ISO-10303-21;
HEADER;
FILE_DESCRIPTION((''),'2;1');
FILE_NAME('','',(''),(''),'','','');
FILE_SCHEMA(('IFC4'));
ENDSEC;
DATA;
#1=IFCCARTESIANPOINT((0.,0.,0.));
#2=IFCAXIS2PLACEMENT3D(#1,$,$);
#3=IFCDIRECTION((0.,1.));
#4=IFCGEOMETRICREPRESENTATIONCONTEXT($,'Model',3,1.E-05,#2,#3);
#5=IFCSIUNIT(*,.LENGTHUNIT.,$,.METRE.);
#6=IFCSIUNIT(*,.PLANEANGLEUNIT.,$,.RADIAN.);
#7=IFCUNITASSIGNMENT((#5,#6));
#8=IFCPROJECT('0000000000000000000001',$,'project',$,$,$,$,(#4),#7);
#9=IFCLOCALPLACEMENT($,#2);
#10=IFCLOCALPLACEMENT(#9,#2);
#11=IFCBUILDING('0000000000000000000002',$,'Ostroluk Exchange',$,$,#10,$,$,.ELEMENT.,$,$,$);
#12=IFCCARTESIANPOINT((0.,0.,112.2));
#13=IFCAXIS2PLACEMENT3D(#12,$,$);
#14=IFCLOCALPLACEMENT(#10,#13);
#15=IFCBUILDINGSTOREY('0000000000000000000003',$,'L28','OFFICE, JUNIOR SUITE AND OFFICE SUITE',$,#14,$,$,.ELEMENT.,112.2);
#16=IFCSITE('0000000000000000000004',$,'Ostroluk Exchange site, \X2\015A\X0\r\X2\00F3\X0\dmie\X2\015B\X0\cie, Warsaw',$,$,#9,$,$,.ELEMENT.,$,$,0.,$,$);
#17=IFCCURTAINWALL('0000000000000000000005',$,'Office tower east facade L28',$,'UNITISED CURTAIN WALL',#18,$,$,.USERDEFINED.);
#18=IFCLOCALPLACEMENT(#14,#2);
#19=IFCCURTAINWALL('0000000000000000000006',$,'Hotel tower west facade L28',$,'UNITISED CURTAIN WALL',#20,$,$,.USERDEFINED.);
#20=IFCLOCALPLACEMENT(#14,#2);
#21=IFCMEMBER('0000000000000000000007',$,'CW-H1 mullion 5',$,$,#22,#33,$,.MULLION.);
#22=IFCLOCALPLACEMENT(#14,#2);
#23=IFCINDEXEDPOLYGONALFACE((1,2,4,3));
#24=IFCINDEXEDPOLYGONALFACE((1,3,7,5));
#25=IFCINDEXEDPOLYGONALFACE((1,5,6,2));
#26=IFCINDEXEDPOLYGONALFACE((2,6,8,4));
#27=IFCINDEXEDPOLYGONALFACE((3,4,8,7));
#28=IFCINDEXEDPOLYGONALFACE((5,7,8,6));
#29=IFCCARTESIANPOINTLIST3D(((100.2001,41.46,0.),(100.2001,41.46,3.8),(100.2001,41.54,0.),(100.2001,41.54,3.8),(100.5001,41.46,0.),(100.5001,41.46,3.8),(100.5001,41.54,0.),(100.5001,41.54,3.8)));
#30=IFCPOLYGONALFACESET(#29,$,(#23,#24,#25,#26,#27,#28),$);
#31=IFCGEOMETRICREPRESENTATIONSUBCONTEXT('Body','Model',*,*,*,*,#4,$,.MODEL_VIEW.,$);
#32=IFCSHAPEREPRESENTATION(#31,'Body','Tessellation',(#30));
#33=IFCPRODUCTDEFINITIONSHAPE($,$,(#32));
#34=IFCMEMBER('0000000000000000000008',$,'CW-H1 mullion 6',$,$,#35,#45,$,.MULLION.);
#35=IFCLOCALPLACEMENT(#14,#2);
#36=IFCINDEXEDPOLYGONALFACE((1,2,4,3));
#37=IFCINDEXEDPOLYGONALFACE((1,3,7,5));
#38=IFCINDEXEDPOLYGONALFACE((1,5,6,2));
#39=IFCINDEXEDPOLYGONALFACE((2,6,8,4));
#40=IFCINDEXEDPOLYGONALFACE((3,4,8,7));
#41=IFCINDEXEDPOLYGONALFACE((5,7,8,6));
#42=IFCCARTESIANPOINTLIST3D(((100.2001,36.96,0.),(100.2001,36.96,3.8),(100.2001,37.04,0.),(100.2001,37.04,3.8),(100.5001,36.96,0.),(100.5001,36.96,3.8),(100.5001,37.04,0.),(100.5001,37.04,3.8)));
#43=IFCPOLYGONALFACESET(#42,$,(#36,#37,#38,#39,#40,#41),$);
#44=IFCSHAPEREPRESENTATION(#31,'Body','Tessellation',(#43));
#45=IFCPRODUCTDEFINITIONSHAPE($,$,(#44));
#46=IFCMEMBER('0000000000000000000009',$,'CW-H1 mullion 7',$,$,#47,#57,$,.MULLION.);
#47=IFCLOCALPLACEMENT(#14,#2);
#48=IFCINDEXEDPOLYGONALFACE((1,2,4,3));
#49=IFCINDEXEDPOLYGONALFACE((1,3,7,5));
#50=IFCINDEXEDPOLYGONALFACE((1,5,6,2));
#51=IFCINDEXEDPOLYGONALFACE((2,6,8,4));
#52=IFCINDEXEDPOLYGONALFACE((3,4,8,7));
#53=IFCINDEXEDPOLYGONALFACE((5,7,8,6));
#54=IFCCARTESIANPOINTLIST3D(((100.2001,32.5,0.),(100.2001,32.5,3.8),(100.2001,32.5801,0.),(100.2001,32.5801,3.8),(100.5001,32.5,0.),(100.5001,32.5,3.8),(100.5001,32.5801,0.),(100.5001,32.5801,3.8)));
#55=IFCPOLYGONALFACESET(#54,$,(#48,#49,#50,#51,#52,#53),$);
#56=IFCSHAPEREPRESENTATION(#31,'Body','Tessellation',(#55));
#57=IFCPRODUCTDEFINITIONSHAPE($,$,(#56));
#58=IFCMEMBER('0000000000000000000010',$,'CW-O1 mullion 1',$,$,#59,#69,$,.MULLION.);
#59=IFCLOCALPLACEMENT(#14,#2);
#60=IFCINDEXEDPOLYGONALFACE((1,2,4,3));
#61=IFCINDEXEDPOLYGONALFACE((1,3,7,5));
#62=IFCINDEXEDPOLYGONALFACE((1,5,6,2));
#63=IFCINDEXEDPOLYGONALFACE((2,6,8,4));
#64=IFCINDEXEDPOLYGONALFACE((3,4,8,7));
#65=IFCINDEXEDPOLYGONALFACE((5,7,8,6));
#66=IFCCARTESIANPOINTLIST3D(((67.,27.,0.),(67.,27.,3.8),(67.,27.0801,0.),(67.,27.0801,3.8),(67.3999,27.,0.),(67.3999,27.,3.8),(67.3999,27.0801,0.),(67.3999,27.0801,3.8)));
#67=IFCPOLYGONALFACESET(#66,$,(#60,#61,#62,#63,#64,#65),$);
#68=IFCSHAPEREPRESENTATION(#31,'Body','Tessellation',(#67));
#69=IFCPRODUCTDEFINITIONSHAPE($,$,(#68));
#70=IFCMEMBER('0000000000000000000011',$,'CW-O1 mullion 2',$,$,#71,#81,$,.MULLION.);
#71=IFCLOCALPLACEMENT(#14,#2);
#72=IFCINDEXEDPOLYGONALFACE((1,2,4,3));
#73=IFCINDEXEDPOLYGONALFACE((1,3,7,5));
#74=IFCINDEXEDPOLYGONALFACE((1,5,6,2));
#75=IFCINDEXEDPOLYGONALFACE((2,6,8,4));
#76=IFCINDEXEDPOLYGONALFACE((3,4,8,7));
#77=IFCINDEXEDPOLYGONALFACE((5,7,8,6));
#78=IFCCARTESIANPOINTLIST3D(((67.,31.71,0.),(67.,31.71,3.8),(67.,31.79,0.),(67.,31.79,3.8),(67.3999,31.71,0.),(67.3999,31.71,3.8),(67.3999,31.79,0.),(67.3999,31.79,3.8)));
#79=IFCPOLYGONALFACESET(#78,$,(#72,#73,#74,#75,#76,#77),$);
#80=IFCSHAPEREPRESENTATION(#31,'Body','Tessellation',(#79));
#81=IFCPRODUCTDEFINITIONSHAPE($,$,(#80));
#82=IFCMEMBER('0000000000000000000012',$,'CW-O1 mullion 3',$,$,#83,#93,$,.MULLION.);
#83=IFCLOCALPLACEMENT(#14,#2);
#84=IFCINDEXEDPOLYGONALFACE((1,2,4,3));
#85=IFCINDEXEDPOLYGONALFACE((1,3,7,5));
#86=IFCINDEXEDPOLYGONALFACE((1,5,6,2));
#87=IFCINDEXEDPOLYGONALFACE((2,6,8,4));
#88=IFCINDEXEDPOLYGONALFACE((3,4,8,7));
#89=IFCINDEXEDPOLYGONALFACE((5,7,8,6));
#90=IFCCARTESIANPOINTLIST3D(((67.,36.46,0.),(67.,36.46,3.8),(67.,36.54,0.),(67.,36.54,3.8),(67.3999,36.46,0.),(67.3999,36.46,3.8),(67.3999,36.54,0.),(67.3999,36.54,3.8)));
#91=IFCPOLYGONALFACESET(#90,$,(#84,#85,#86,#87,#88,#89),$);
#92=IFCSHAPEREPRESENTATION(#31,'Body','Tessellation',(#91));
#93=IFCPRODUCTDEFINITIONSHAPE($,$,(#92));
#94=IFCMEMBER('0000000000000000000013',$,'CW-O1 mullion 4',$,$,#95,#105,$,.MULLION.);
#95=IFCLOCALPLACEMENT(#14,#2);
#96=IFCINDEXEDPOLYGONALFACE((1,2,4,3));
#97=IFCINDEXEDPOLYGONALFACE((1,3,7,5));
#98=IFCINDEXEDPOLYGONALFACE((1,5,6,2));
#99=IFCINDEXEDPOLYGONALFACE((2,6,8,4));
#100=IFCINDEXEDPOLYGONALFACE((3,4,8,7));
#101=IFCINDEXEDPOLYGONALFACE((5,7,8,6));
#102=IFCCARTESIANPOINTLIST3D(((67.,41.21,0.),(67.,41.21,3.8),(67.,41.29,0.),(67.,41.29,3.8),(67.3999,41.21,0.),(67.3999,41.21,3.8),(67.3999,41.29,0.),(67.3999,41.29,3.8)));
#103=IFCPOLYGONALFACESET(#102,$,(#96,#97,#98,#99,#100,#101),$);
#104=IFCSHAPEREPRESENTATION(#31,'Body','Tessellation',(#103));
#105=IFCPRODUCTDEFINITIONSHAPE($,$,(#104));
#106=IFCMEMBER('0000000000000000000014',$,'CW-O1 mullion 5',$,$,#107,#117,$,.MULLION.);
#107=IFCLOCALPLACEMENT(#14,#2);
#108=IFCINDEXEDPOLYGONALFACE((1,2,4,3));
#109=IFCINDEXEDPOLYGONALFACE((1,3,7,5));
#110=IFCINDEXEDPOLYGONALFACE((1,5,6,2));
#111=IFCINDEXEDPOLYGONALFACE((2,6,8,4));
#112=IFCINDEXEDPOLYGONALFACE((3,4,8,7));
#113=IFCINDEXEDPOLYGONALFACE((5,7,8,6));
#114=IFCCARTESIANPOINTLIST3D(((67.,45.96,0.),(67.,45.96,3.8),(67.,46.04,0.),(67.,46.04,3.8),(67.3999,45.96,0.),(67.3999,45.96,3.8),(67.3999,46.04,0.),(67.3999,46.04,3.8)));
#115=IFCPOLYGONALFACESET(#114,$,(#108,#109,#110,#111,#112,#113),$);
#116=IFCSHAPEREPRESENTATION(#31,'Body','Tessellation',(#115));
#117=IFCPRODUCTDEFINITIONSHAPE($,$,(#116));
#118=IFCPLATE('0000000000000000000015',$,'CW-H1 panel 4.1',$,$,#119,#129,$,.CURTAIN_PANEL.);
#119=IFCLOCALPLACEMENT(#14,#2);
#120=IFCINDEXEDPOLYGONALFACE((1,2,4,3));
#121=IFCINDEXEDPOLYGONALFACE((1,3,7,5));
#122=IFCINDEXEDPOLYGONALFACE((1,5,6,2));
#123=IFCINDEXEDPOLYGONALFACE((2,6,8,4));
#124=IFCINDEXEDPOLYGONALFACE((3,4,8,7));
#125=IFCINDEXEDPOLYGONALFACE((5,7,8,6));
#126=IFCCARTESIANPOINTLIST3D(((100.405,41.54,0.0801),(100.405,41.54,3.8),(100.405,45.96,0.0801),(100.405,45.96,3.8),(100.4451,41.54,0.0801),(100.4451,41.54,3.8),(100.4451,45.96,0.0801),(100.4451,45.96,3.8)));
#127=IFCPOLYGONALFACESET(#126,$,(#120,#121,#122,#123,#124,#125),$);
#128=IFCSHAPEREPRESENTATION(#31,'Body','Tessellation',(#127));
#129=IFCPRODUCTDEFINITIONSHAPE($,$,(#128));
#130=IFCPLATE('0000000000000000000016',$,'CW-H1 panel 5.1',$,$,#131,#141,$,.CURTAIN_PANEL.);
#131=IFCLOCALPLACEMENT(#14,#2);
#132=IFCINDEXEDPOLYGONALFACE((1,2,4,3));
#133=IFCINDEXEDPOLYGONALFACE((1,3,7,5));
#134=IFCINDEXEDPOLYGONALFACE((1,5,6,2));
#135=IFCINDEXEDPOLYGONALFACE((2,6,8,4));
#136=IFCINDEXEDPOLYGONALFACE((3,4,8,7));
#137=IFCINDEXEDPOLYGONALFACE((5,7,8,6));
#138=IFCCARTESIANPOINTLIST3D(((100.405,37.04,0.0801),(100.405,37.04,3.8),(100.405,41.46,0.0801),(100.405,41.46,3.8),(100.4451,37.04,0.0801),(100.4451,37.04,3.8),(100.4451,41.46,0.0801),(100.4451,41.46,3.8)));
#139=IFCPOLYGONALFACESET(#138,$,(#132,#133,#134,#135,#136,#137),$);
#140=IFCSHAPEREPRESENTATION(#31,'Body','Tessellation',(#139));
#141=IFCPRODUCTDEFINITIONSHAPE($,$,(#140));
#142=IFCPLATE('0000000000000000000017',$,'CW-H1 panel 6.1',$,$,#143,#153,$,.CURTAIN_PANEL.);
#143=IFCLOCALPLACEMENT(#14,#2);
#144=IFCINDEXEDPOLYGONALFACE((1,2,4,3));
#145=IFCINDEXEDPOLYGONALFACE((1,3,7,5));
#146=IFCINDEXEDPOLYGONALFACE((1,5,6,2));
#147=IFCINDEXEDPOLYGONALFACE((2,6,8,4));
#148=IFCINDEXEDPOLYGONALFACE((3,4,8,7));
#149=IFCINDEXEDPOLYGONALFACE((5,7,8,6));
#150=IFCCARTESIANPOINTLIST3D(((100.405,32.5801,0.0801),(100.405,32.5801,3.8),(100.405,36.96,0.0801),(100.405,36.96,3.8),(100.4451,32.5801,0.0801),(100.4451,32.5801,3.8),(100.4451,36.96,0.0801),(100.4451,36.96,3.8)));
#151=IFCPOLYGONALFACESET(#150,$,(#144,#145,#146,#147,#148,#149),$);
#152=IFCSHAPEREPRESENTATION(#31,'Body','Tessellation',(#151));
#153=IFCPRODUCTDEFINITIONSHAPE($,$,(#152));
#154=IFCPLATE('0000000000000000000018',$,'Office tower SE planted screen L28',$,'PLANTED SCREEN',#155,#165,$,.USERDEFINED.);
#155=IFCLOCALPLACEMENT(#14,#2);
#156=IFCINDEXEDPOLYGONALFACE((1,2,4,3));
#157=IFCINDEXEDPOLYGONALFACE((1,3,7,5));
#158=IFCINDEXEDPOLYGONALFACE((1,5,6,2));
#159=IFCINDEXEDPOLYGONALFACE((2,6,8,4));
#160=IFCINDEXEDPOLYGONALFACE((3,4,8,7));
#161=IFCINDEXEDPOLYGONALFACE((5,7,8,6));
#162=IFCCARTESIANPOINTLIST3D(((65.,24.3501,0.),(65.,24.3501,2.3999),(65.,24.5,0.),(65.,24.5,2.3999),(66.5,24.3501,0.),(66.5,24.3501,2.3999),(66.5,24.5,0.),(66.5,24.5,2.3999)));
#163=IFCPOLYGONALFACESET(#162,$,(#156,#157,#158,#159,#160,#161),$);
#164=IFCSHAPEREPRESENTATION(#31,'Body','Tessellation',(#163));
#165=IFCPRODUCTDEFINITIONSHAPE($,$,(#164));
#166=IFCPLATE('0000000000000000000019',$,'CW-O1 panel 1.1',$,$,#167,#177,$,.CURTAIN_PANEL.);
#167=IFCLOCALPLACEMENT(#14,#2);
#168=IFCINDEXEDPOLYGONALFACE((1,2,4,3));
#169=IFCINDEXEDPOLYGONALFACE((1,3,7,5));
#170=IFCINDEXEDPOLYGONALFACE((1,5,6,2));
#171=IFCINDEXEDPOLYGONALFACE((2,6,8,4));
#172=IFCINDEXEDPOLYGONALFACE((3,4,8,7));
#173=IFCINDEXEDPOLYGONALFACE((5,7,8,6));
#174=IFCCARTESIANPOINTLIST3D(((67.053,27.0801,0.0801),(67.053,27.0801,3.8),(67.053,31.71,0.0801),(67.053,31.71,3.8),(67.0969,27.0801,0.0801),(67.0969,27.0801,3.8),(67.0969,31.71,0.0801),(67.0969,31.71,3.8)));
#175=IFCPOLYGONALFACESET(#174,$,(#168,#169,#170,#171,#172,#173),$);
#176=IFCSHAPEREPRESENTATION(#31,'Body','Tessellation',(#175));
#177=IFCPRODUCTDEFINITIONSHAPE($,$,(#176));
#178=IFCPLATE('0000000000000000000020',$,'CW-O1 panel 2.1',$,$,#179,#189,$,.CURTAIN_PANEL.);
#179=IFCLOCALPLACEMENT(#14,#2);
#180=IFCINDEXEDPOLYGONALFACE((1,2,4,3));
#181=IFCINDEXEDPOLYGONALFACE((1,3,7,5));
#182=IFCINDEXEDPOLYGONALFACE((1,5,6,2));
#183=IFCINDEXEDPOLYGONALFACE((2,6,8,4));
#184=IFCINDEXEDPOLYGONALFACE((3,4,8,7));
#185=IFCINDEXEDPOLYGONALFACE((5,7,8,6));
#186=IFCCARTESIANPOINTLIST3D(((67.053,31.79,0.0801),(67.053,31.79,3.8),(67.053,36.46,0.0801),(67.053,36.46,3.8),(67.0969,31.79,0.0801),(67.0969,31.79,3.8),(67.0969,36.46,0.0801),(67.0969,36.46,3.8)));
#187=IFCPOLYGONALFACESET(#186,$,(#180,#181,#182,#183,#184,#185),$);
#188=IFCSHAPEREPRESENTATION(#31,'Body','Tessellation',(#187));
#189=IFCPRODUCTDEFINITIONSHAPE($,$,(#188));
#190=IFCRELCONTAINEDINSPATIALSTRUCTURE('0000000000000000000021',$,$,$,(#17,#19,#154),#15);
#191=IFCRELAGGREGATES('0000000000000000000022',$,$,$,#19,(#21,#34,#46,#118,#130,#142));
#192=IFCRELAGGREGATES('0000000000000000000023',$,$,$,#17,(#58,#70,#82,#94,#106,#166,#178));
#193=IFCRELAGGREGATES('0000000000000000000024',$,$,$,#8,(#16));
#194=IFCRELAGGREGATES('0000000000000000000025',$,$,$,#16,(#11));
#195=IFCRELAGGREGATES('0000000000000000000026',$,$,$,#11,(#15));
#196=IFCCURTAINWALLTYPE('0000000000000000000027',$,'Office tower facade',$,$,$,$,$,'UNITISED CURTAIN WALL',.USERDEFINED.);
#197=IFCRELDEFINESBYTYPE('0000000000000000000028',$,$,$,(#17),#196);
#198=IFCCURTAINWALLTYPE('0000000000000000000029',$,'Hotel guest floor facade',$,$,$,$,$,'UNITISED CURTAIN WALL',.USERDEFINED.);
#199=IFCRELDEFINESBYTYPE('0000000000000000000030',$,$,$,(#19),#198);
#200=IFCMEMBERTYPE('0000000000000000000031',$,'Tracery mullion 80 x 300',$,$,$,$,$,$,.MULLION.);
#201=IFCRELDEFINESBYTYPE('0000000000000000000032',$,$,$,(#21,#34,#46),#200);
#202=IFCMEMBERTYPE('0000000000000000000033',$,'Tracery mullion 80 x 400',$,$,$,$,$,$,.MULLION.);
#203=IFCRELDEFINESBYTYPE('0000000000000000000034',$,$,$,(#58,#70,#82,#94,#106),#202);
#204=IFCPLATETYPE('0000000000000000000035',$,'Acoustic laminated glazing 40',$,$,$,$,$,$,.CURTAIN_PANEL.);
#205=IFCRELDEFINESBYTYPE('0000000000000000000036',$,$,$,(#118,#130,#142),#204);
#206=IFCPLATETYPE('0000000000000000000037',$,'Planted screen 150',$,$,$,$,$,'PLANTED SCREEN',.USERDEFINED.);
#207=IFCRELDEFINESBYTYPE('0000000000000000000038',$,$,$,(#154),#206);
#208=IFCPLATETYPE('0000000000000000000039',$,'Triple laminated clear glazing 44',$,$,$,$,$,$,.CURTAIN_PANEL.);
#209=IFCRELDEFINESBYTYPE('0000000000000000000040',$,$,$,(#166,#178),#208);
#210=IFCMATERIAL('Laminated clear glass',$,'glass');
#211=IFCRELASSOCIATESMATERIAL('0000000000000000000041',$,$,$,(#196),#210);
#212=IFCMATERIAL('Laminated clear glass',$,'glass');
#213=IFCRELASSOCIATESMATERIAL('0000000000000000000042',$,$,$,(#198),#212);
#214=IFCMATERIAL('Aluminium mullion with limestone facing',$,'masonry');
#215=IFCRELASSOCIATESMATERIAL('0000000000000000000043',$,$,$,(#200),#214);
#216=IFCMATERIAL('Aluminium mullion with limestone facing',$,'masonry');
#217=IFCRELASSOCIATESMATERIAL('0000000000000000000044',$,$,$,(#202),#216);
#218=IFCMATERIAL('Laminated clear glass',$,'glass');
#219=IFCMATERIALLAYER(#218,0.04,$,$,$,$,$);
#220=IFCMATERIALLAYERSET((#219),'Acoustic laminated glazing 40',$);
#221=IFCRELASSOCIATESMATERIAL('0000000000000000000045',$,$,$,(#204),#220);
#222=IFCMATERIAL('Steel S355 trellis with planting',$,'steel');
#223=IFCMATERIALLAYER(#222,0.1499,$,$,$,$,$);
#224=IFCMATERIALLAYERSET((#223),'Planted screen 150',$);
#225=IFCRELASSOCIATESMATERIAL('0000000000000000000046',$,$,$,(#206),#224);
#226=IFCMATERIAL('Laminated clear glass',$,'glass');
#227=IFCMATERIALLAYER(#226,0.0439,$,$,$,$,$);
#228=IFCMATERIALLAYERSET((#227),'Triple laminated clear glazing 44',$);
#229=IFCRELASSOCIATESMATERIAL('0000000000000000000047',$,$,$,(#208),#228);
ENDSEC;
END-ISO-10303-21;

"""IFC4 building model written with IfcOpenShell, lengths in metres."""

from ifc_helpers import new_model, si_unit, direction, frame, origin, origin_2d, place, context, subcontext, project, spatial, rectangle, extrude, material, layer, layer_set, material_profile, profile_set, type_object, element, aggregate, save


model = new_model("IFC4")

# Units and contexts
model_context = context("Model", 3, precision=1e-05, world=origin(), true_north=direction((0.0, 1.0)))
body_context = subcontext(model_context, "Body", "Model", "MODEL_VIEW")
ifc_project = project(units=[si_unit("LENGTHUNIT", "METRE"), si_unit("PLANEANGLEUNIT", "RADIAN")], contexts=[model_context])

# Site, building, storey
site_placement = place(None, origin())
site = spatial("IfcSite", under=ifc_project, at=site_placement, Name="Ostroluk Exchange site, Śródmieście, Warsaw", CompositionType="ELEMENT", RefElevation=0.0)
building_placement = place(site_placement, origin())
building = spatial("IfcBuilding", under=site, at=building_placement, Name="Ostroluk Exchange", CompositionType="ELEMENT")
storey_placement = place(building_placement, frame((0.0, 0.0, 112.2)))
storey = spatial("IfcBuildingStorey", under=building, at=storey_placement, Name="L28", Description="OFFICE, JUNIOR SUITE AND OFFICE SUITE", CompositionType="ELEMENT", Elevation=112.2)

# Curtain walls, members
ifc_material_1 = material(Name="Laminated clear glass", Category="glass")
curtain_wall_type_1 = type_object("IfcCurtainWallType", Name="Office tower facade", ElementType="UNITISED CURTAIN WALL", PredefinedType="USERDEFINED", material=ifc_material_1)
curtain_wall_1_placement = place(storey_placement, origin())
curtain_wall_1 = element("IfcCurtainWall", 1, at=curtain_wall_1_placement, inside=storey, type_object=curtain_wall_type_1, Name="Office tower east facade L28", ObjectType="UNITISED CURTAIN WALL", PredefinedType="USERDEFINED")
ifc_material_2 = material(Name="Laminated clear glass", Category="glass")
curtain_wall_type_2 = type_object("IfcCurtainWallType", Name="Hotel guest floor facade", ElementType="UNITISED CURTAIN WALL", PredefinedType="USERDEFINED", material=ifc_material_2)
curtain_wall_2_placement = place(storey_placement, origin())
curtain_wall_2 = element("IfcCurtainWall", 2, at=curtain_wall_2_placement, inside=storey, type_object=curtain_wall_type_2, Name="Hotel tower west facade L28", ObjectType="UNITISED CURTAIN WALL", PredefinedType="USERDEFINED")
ifc_material_3 = material(Name="Aluminium mullion with limestone facing", Category="masonry")
ifc_material_profile_1 = material_profile(ifc_material_3, rectangle(XDim=0.3, YDim=0.0801, at=origin_2d()), Name="Tracery mullion 80 x 300")
ifc_profile_set_1 = profile_set([ifc_material_profile_1], Name="Aluminium mullion with limestone facing")
member_type_1 = type_object("IfcMemberType", Name="Tracery mullion 80 x 300", PredefinedType="MULLION", material=ifc_profile_set_1)
member_1_placement = place(storey_placement, frame((100.3501, 41.5, 0.0), z_axis=(0.0, 0.0, 1.0), x_axis=(1.0, 0.0, 0.0)))
member_1 = element("IfcMember", 3, at=member_1_placement, type_object=member_type_1, Name="CW-H1 mullion 5", PredefinedType="MULLION", context=body_context, shape_type="SweptSolid", body=[
    extrude(rectangle(XDim=0.3, YDim=0.0801, at=origin_2d()), origin(), (0.0, 0.0, 1.0), 3.8),
])
member_2_placement = place(storey_placement, frame((100.3501, 37.0, 0.0), z_axis=(0.0, 0.0, 1.0), x_axis=(1.0, 0.0, 0.0)))
member_2 = element("IfcMember", 4, at=member_2_placement, type_object=member_type_1, Name="CW-H1 mullion 6", PredefinedType="MULLION", context=body_context, shape_type="SweptSolid", body=[
    extrude(rectangle(XDim=0.3, YDim=0.0801, at=origin_2d()), origin(), (0.0, 0.0, 1.0), 3.8),
])
member_3_placement = place(storey_placement, frame((100.3501, 32.54, 0.0), z_axis=(0.0, 0.0, 1.0), x_axis=(1.0, 0.0, 0.0)))
member_3 = element("IfcMember", 5, at=member_3_placement, type_object=member_type_1, Name="CW-H1 mullion 7", PredefinedType="MULLION", context=body_context, shape_type="SweptSolid", body=[
    extrude(rectangle(XDim=0.3, YDim=0.0801, at=origin_2d()), origin(), (0.0, 0.0, 1.0), 3.8),
])

# Members
ifc_material_4 = material(Name="Aluminium mullion with limestone facing", Category="masonry")
ifc_material_profile_2 = material_profile(ifc_material_4, rectangle(XDim=0.3999, YDim=0.0801, at=origin_2d()), Name="Tracery mullion 80 x 400")
ifc_profile_set_2 = profile_set([ifc_material_profile_2], Name="Aluminium mullion with limestone facing")
member_type_2 = type_object("IfcMemberType", Name="Tracery mullion 80 x 400", PredefinedType="MULLION", material=ifc_profile_set_2)
member_4_placement = place(storey_placement, frame((67.2, 27.04, 0.0), z_axis=(0.0, 0.0, 1.0), x_axis=(-1.0, 0.0, 0.0)))
member_4 = element("IfcMember", 6, at=member_4_placement, type_object=member_type_2, Name="CW-O1 mullion 1", PredefinedType="MULLION", context=body_context, shape_type="SweptSolid", body=[
    extrude(rectangle(XDim=0.3999, YDim=0.0801, at=origin_2d()), origin(), (0.0, 0.0, 1.0), 3.8),
])
member_5_placement = place(storey_placement, frame((67.2, 31.75, 0.0), z_axis=(0.0, 0.0, 1.0), x_axis=(-1.0, 0.0, 0.0)))
member_5 = element("IfcMember", 7, at=member_5_placement, type_object=member_type_2, Name="CW-O1 mullion 2", PredefinedType="MULLION", context=body_context, shape_type="SweptSolid", body=[
    extrude(rectangle(XDim=0.3999, YDim=0.0801, at=origin_2d()), origin(), (0.0, 0.0, 1.0), 3.8),
])
member_6_placement = place(storey_placement, frame((67.2, 36.5, 0.0), z_axis=(0.0, 0.0, 1.0), x_axis=(-1.0, 0.0, 0.0)))
member_6 = element("IfcMember", 8, at=member_6_placement, type_object=member_type_2, Name="CW-O1 mullion 3", PredefinedType="MULLION", context=body_context, shape_type="SweptSolid", body=[
    extrude(rectangle(XDim=0.3999, YDim=0.0801, at=origin_2d()), origin(), (0.0, 0.0, 1.0), 3.8),
])
member_7_placement = place(storey_placement, frame((67.2, 41.25, 0.0), z_axis=(0.0, 0.0, 1.0), x_axis=(-1.0, 0.0, 0.0)))
member_7 = element("IfcMember", 9, at=member_7_placement, type_object=member_type_2, Name="CW-O1 mullion 4", PredefinedType="MULLION", context=body_context, shape_type="SweptSolid", body=[
    extrude(rectangle(XDim=0.3999, YDim=0.0801, at=origin_2d()), origin(), (0.0, 0.0, 1.0), 3.8),
])
member_8_placement = place(storey_placement, frame((67.2, 46.0, 0.0), z_axis=(0.0, 0.0, 1.0), x_axis=(-1.0, 0.0, 0.0)))
member_8 = element("IfcMember", 10, at=member_8_placement, type_object=member_type_2, Name="CW-O1 mullion 5", PredefinedType="MULLION", context=body_context, shape_type="SweptSolid", body=[
    extrude(rectangle(XDim=0.3999, YDim=0.0801, at=origin_2d()), origin(), (0.0, 0.0, 1.0), 3.8),
])

# Plates
ifc_material_5 = material(Name="Laminated clear glass", Category="glass")
ifc_layer_1 = layer(ifc_material_5, 0.04)
ifc_layer_set_1 = layer_set([ifc_layer_1], Name="Acoustic laminated glazing 40")
plate_type_1 = type_object("IfcPlateType", Name="Acoustic laminated glazing 40", PredefinedType="CURTAIN_PANEL", material=ifc_layer_set_1)
plate_1_placement = place(storey_placement, frame((100.425, 43.75, 0.0801), z_axis=(0.0, 0.0, 1.0), x_axis=(0.0, -1.0, 0.0)))
plate_1 = element("IfcPlate", 11, at=plate_1_placement, type_object=plate_type_1, Name="CW-H1 panel 4.1", PredefinedType="CURTAIN_PANEL", context=body_context, shape_type="SweptSolid", body=[
    extrude(rectangle(XDim=4.4199, YDim=0.04, at=origin_2d()), origin(), (0.0, 0.0, 1.0), 3.72),
])
plate_2_placement = place(storey_placement, frame((100.425, 39.25, 0.0801), z_axis=(0.0, 0.0, 1.0), x_axis=(0.0, -1.0, 0.0)))
plate_2 = element("IfcPlate", 12, at=plate_2_placement, type_object=plate_type_1, Name="CW-H1 panel 5.1", PredefinedType="CURTAIN_PANEL", context=body_context, shape_type="SweptSolid", body=[
    extrude(rectangle(XDim=4.4199, YDim=0.04, at=origin_2d()), origin(), (0.0, 0.0, 1.0), 3.72),
])
plate_3_placement = place(storey_placement, frame((100.425, 34.77, 0.0801), z_axis=(0.0, 0.0, 1.0), x_axis=(0.0, -1.0, 0.0)))
plate_3 = element("IfcPlate", 13, at=plate_3_placement, type_object=plate_type_1, Name="CW-H1 panel 6.1", PredefinedType="CURTAIN_PANEL", context=body_context, shape_type="SweptSolid", body=[
    extrude(rectangle(XDim=4.3799, YDim=0.04, at=origin_2d()), origin(), (0.0, 0.0, 1.0), 3.72),
])
aggregate(curtain_wall_2, [member_1, member_2, member_3, plate_1, plate_2, plate_3])
ifc_material_6 = material(Name="Steel S355 trellis with planting", Category="steel")
ifc_layer_2 = layer(ifc_material_6, 0.1499)
ifc_layer_set_2 = layer_set([ifc_layer_2], Name="Planted screen 150")
plate_type_2 = type_object("IfcPlateType", Name="Planted screen 150", ElementType="PLANTED SCREEN", PredefinedType="USERDEFINED", material=ifc_layer_set_2)
plate_4_placement = place(storey_placement, frame((65.75, 24.425, 0.0), z_axis=(0.0, 0.0, 1.0), x_axis=(1.0, 0.0, 0.0)))
element("IfcPlate", 14, at=plate_4_placement, inside=storey, type_object=plate_type_2, Name="Office tower SE planted screen L28", ObjectType="PLANTED SCREEN", PredefinedType="USERDEFINED", context=body_context, shape_type="SweptSolid", body=[
    extrude(rectangle(XDim=1.5, YDim=0.1499, at=origin_2d()), origin(), (0.0, 0.0, 1.0), 2.3999),
])
ifc_material_7 = material(Name="Laminated clear glass", Category="glass")
ifc_layer_3 = layer(ifc_material_7, 0.0439)
ifc_layer_set_3 = layer_set([ifc_layer_3], Name="Triple laminated clear glazing 44")
plate_type_3 = type_object("IfcPlateType", Name="Triple laminated clear glazing 44", PredefinedType="CURTAIN_PANEL", material=ifc_layer_set_3)
plate_5_placement = place(storey_placement, frame((67.075, 29.395, 0.0801), z_axis=(0.0, 0.0, 1.0), x_axis=(0.0, 1.0, 0.0)))
plate_5 = element("IfcPlate", 15, at=plate_5_placement, type_object=plate_type_3, Name="CW-O1 panel 1.1", PredefinedType="CURTAIN_PANEL", context=body_context, shape_type="SweptSolid", body=[
    extrude(rectangle(XDim=4.6299, YDim=0.0439, at=origin_2d()), origin(), (0.0, 0.0, 1.0), 3.72),
])
plate_6_placement = place(storey_placement, frame((67.075, 34.125, 0.0801), z_axis=(0.0, 0.0, 1.0), x_axis=(0.0, 1.0, 0.0)))
plate_6 = element("IfcPlate", 16, at=plate_6_placement, type_object=plate_type_3, Name="CW-O1 panel 2.1", PredefinedType="CURTAIN_PANEL", context=body_context, shape_type="SweptSolid", body=[
    extrude(rectangle(XDim=4.6699, YDim=0.0439, at=origin_2d()), origin(), (0.0, 0.0, 1.0), 3.72),
])
aggregate(curtain_wall_1, [member_4, member_5, member_6, member_7, member_8, plate_5, plate_6])

save(model, "model.ifc")
